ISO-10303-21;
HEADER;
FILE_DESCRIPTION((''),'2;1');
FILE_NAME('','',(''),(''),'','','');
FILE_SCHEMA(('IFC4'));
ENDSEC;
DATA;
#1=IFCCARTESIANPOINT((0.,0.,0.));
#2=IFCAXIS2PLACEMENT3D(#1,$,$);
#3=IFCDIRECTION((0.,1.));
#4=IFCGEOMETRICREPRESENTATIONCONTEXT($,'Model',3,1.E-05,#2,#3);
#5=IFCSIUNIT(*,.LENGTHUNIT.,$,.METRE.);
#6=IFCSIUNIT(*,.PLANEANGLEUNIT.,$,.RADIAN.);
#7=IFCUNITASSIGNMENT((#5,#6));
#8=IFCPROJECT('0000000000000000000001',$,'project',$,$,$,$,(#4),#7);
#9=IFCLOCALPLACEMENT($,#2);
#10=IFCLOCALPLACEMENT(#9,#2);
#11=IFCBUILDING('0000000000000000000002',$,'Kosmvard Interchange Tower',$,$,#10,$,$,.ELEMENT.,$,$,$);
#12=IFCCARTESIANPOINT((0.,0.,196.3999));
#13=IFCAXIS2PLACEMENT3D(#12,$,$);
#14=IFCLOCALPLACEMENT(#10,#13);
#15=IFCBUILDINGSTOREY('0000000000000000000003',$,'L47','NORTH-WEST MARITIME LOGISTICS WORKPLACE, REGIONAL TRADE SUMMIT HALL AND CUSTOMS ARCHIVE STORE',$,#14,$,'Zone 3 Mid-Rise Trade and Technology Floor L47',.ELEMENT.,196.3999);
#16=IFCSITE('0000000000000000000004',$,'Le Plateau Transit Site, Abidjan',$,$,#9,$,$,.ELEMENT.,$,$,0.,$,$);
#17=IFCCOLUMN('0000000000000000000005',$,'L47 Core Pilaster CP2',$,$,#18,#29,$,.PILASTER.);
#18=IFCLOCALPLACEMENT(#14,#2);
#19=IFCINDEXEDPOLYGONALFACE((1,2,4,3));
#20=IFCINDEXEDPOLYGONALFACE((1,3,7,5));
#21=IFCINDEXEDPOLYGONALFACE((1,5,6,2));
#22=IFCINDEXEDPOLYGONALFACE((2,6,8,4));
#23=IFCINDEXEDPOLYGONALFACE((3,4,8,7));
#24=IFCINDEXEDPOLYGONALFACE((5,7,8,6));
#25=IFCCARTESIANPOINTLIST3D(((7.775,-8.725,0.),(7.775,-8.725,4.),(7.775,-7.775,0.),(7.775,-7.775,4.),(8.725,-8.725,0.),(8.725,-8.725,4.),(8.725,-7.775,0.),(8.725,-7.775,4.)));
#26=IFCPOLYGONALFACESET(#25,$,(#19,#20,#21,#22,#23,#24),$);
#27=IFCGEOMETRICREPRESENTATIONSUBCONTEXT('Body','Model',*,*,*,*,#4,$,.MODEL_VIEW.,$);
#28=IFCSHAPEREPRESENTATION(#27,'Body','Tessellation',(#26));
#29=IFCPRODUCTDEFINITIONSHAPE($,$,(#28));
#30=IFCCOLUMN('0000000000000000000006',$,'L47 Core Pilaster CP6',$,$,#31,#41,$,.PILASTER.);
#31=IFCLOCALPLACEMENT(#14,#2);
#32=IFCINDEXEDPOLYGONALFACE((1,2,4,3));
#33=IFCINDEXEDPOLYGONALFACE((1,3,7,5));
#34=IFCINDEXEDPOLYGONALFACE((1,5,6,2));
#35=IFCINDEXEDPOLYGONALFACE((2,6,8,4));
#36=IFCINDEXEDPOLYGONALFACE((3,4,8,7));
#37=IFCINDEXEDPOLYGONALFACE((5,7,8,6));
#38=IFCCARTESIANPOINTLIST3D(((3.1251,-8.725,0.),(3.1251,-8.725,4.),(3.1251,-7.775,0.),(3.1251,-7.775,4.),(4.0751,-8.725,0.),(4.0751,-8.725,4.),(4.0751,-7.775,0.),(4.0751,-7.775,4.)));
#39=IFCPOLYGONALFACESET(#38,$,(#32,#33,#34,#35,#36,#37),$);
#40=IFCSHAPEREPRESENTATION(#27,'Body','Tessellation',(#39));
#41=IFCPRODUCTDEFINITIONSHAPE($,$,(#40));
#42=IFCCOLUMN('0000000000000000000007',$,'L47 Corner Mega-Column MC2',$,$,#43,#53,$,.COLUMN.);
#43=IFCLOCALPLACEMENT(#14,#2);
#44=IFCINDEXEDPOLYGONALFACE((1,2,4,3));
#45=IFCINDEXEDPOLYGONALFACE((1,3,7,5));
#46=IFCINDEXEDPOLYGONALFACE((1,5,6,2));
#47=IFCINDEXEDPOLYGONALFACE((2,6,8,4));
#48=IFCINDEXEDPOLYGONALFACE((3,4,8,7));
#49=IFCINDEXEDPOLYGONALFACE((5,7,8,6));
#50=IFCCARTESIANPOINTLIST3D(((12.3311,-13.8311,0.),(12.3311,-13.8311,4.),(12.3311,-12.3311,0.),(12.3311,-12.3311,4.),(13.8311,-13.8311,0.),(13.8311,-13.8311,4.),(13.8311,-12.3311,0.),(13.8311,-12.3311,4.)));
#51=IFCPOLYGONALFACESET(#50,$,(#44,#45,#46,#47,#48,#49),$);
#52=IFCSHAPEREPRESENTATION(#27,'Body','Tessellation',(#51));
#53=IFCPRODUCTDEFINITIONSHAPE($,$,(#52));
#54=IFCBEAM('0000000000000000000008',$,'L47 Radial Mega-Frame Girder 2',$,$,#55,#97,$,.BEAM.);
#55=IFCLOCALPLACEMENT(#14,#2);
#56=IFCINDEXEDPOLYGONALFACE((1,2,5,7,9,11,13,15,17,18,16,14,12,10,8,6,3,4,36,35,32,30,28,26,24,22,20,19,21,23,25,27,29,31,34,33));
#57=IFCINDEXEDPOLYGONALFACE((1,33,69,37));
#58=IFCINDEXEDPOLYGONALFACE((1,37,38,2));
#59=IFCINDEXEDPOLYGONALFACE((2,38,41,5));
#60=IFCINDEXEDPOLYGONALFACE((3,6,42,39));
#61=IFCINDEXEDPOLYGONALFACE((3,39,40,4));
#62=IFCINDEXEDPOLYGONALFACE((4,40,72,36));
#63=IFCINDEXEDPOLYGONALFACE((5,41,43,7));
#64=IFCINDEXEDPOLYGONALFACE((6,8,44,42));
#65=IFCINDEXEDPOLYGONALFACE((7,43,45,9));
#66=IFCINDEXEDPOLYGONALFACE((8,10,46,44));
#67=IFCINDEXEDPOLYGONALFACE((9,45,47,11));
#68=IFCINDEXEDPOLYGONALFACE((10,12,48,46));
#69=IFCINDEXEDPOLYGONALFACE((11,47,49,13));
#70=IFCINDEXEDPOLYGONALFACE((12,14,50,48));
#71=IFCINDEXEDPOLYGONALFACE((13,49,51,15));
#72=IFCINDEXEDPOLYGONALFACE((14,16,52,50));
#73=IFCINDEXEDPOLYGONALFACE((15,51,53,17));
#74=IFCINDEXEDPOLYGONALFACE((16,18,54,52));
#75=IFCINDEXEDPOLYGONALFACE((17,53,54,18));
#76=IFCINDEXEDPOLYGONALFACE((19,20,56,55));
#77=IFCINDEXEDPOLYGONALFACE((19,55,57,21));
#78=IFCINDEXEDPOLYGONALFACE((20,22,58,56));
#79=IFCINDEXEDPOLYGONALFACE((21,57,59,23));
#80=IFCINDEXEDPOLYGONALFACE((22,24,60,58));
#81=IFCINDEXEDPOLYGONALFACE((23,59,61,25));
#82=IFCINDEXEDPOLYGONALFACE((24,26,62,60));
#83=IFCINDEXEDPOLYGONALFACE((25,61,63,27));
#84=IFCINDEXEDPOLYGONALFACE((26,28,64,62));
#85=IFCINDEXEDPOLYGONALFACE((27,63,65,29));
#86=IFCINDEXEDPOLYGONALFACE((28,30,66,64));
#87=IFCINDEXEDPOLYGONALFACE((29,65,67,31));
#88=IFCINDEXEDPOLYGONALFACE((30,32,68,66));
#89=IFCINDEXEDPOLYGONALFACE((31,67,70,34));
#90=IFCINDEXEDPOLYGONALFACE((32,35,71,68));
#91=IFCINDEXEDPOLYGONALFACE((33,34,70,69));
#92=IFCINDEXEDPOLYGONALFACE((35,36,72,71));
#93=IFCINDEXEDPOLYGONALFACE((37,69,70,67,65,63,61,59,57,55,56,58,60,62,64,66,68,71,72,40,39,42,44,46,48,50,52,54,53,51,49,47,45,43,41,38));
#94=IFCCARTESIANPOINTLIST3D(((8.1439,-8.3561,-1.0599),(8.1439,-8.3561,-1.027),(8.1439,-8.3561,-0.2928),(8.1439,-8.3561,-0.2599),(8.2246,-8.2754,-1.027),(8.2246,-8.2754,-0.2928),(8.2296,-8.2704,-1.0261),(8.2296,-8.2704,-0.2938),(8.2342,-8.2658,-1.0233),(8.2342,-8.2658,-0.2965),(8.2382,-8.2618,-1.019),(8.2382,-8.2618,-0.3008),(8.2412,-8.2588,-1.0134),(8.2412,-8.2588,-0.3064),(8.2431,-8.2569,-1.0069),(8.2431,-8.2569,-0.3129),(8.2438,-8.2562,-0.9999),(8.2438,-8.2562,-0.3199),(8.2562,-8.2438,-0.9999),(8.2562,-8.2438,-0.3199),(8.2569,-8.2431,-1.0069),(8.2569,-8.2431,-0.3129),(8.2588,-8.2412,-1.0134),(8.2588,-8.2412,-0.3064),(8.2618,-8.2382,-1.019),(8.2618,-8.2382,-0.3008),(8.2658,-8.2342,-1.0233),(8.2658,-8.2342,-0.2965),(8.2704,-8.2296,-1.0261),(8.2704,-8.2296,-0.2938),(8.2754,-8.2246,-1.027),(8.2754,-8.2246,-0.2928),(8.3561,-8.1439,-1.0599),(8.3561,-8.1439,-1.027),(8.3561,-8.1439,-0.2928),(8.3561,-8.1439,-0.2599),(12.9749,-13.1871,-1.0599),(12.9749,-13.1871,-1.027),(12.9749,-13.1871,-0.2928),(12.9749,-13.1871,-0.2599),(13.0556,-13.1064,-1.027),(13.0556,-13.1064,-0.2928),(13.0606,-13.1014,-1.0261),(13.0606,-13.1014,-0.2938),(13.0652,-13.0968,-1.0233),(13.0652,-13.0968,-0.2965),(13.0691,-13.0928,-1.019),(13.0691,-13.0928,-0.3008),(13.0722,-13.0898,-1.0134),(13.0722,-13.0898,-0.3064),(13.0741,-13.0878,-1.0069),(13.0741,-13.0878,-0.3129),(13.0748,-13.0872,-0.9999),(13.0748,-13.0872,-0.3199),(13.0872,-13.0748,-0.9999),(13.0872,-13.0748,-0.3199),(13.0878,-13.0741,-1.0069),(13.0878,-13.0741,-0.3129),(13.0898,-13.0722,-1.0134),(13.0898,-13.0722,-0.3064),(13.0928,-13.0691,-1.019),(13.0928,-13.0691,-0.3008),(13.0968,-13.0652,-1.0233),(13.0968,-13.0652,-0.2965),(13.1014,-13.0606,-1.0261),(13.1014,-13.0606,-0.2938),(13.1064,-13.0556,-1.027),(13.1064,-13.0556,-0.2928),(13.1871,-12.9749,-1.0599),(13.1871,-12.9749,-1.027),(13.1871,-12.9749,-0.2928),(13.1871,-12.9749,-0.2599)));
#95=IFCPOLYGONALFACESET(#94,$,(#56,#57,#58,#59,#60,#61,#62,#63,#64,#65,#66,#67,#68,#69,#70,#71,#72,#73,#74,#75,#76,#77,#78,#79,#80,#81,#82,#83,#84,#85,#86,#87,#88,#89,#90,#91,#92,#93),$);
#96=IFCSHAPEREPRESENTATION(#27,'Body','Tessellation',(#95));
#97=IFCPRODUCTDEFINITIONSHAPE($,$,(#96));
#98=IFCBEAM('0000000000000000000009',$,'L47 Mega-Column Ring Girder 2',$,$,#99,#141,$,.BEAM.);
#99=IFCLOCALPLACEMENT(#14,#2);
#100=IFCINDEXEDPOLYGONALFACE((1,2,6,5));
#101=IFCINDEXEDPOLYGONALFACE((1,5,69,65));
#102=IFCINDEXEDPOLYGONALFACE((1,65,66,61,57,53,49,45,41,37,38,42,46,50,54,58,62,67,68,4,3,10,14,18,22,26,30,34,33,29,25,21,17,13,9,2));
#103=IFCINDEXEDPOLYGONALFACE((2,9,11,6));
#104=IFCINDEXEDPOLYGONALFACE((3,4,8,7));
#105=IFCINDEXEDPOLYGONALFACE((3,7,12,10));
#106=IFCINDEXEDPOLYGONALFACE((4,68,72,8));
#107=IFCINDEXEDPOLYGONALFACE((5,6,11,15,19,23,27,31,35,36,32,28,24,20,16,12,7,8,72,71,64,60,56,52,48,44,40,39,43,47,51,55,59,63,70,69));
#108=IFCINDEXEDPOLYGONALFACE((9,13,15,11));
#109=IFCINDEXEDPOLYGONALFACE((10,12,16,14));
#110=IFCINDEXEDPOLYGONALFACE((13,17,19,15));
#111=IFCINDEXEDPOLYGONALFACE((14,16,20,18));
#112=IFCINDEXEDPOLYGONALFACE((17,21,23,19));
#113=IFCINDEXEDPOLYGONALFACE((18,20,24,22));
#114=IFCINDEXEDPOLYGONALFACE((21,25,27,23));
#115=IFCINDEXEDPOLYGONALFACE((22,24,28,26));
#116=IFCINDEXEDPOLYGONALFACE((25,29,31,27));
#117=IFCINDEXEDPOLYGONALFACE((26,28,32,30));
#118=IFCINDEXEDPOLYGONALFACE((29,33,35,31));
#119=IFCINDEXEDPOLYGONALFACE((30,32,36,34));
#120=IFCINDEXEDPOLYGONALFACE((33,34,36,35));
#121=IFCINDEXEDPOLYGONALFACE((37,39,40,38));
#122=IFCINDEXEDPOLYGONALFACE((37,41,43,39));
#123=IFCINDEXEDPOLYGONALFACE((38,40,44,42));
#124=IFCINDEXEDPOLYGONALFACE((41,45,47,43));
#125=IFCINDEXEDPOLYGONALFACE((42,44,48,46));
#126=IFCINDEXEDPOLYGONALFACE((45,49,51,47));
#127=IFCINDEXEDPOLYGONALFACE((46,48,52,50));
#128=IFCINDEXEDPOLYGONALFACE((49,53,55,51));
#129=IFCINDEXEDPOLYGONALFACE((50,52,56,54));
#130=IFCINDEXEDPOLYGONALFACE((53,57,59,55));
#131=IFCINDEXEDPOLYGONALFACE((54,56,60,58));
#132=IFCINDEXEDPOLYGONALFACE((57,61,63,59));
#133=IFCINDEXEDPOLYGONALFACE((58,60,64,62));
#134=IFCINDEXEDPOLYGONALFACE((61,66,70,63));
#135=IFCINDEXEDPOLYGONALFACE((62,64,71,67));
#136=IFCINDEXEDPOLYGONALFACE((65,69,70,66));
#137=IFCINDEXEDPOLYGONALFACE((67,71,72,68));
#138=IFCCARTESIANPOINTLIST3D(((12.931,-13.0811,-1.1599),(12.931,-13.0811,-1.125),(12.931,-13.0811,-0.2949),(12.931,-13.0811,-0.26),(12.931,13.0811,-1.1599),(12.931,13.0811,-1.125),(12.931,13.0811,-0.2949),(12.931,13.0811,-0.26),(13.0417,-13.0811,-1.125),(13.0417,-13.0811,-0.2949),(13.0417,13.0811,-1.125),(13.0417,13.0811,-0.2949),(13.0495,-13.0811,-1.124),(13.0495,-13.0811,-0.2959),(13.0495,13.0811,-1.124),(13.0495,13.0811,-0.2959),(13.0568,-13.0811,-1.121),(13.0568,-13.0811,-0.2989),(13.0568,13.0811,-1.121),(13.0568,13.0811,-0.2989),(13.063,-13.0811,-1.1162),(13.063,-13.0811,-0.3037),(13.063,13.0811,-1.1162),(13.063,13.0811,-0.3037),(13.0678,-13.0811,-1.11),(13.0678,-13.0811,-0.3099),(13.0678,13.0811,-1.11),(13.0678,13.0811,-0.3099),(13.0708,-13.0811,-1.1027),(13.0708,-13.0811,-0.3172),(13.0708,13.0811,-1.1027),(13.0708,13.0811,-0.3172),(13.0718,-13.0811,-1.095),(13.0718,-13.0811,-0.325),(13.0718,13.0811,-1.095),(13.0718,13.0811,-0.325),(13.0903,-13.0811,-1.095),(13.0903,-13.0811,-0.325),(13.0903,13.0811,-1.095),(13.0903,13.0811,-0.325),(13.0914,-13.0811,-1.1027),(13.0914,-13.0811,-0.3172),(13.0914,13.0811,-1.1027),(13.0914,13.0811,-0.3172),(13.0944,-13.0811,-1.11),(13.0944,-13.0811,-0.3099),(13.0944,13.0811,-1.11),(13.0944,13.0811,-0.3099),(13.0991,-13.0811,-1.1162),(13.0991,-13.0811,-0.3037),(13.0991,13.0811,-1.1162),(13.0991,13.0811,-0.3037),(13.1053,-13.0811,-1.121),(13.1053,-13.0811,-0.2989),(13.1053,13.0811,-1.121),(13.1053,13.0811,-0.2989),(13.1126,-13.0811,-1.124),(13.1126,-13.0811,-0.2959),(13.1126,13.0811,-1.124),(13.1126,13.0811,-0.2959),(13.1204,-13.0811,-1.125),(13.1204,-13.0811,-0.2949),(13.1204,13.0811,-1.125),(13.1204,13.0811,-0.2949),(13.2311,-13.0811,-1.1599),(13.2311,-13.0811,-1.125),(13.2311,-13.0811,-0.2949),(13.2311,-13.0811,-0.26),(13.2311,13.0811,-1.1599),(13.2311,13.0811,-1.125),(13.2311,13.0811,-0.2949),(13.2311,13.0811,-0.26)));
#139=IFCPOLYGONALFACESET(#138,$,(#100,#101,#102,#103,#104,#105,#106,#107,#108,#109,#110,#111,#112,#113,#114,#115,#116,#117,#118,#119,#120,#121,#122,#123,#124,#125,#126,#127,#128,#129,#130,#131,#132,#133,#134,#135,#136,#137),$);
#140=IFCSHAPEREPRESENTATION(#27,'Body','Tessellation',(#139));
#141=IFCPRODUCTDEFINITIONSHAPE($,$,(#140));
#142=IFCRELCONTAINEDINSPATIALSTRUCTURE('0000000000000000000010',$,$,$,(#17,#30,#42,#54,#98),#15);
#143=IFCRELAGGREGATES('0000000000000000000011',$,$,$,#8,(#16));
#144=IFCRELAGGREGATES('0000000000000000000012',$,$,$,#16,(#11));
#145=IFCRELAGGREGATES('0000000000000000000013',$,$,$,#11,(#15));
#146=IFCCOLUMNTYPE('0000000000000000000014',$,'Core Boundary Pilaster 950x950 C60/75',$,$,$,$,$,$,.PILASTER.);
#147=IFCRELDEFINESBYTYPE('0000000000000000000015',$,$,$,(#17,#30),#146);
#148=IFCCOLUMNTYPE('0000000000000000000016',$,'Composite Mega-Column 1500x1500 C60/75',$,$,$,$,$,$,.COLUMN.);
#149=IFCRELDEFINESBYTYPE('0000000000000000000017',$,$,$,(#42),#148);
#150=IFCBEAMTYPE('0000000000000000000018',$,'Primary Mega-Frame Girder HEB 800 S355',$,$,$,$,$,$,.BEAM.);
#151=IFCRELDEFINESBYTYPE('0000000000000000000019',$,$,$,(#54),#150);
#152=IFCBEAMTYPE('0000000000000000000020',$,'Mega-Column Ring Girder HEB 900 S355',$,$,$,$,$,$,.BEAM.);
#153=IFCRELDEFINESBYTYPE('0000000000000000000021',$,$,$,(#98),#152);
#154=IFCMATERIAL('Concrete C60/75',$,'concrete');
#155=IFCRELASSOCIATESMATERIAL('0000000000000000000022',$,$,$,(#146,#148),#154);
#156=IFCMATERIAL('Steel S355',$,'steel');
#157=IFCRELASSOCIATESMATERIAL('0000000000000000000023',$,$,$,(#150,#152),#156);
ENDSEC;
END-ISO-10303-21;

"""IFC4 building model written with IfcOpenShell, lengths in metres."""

from ifc_helpers import new_model, si_unit, direction, frame, origin, origin_2d, place, context, subcontext, project, spatial, rectangle, i_section, extrude, source, transform, mapped, material, material_profile, profile_set, type_object, element, save


model = new_model("IFC4")

# Units and contexts
model_context = context("Model", 3, precision=1e-05, world=origin(), true_north=direction((0.0, 1.0)))
body_context = subcontext(model_context, "Body", "Model", "MODEL_VIEW")
ifc_project = project(units=[si_unit("LENGTHUNIT", "METRE"), si_unit("PLANEANGLEUNIT", "RADIAN")], contexts=[model_context])

# Site, building, storey
site_placement = place(None, origin())
site = spatial("IfcSite", under=ifc_project, at=site_placement, Name="Le Plateau Transit Site, Abidjan", CompositionType="ELEMENT", RefElevation=0.0)
building_placement = place(site_placement, origin())
building = spatial("IfcBuilding", under=site, at=building_placement, Name="Kosmvard Interchange Tower", CompositionType="ELEMENT")
storey_placement = place(building_placement, frame((0.0, 0.0, 196.3999)))
storey = spatial("IfcBuildingStorey", under=building, at=storey_placement, Name="L47", Description="NORTH-WEST MARITIME LOGISTICS WORKPLACE, REGIONAL TRADE SUMMIT HALL AND CUSTOMS ARCHIVE STORE", LongName="Zone 3 Mid-Rise Trade and Technology Floor L47", CompositionType="ELEMENT", Elevation=196.3999)

# Columns
ifc_material_1 = material(Name="Concrete C60/75", Category="concrete")
ifc_material_profile_1 = material_profile(ifc_material_1, rectangle(XDim=0.95, YDim=0.95, at=origin_2d()), Name="CP 950x950")
ifc_profile_set_1 = profile_set([ifc_material_profile_1], Name="Concrete C60/75")
column_type_1 = type_object("IfcColumnType", Name="Core Boundary Pilaster 950x950 C60/75", PredefinedType="PILASTER", material=ifc_profile_set_1)
shared_shape_1 = source(origin(), body_context, "Body", "SweptSolid", [
    extrude(rectangle(XDim=0.95, YDim=0.95, at=origin_2d()), origin(), (0.0, 0.0, 1.0), 4.0),
])
for number, where, z_axis, x_axis, name in (
    (1, (8.25, -8.25, 0.0), (0.0, 0.0, 1.0), (1.0, 0.0, 0.0), "L47 Core Pilaster CP2"),
    (2, (3.6001, -8.25, 0.0), (0.0, 0.0, 1.0), (1.0, 0.0, 0.0), "L47 Core Pilaster CP6"),
):
    element("IfcColumn", number, at=place(storey_placement, frame(where, z_axis=z_axis, x_axis=x_axis)), inside=storey, type_object=column_type_1, Name=name, PredefinedType="PILASTER", context=body_context, shape_type="MappedRepresentation", body=[
        mapped(shared_shape_1, transform((0.0, 0.0, 0.0), scale=1.0)),
    ])
ifc_material_profile_2 = material_profile(ifc_material_1, rectangle(XDim=1.5, YDim=1.5, at=origin_2d()), Name="MC 1500x1500")
ifc_profile_set_2 = profile_set([ifc_material_profile_2], Name="Concrete C60/75")
column_type_2 = type_object("IfcColumnType", Name="Composite Mega-Column 1500x1500 C60/75", PredefinedType="COLUMN", material=ifc_profile_set_2)
shared_shape_2 = source(origin(), body_context, "Body", "SweptSolid", [
    extrude(rectangle(XDim=1.5, YDim=1.5, at=origin_2d()), origin(), (0.0, 0.0, 1.0), 4.0),
])
column_placement = place(storey_placement, frame((13.0811, -13.0811, 0.0), z_axis=(0.0, 0.0, 1.0), x_axis=(1.0, 0.0, 0.0)))
element("IfcColumn", 3, at=column_placement, inside=storey, type_object=column_type_2, Name="L47 Corner Mega-Column MC2", PredefinedType="COLUMN", context=body_context, shape_type="MappedRepresentation", body=[
    mapped(shared_shape_2, transform((0.0, 0.0, 0.0), scale=1.0)),
])

# Beams
ifc_material_2 = material(Name="Steel S355", Category="steel")
ifc_material_profile_3 = material_profile(ifc_material_2, i_section(OverallWidth=0.3, OverallDepth=0.8, WebThickness=0.0176, FlangeThickness=0.033, FilletRadius=0.0271, at=origin_2d()), Name="HEB 800")
ifc_profile_set_3 = profile_set([ifc_material_profile_3], Name="Steel S355")
beam_type_1 = type_object("IfcBeamType", Name="Primary Mega-Frame Girder HEB 800 S355", PredefinedType="BEAM", material=ifc_profile_set_3)
shared_shape_3 = source(origin(), body_context, "Body", "SweptSolid", [
    extrude(i_section(OverallWidth=0.3, OverallDepth=0.8, WebThickness=0.0176, FlangeThickness=0.033, FilletRadius=0.0271, at=origin_2d()), origin(), (0.0, 0.0, 1.0), 6.832),
])
beam_1_placement = place(storey_placement, frame((8.25, -8.25, -0.6599), z_axis=(0.707107, -0.707107, 0.0), x_axis=(0.707107, 0.707107, 0.0)))
element("IfcBeam", 4, at=beam_1_placement, inside=storey, type_object=beam_type_1, Name="L47 Radial Mega-Frame Girder 2", PredefinedType="BEAM", context=body_context, shape_type="MappedRepresentation", body=[
    mapped(shared_shape_3, transform((0.0, 0.0, 0.0), scale=1.0)),
])
ifc_material_profile_4 = material_profile(ifc_material_2, i_section(OverallWidth=0.3, OverallDepth=0.8999, WebThickness=0.0186, FlangeThickness=0.0349, FilletRadius=0.03, at=origin_2d()), Name="HEB 900")
ifc_profile_set_4 = profile_set([ifc_material_profile_4], Name="Steel S355")
beam_type_2 = type_object("IfcBeamType", Name="Mega-Column Ring Girder HEB 900 S355", PredefinedType="BEAM", material=ifc_profile_set_4)
shared_shape_4 = source(origin(), body_context, "Body", "SweptSolid", [
    extrude(i_section(OverallWidth=0.3, OverallDepth=0.8999, WebThickness=0.0186, FlangeThickness=0.0349, FilletRadius=0.03, at=origin_2d()), origin(), (0.0, 0.0, 1.0), 26.1621),
])
beam_2_placement = place(storey_placement, frame((13.0811, -13.0811, -0.71), z_axis=(0.0, 1.0, 0.0), x_axis=(-1.0, 0.0, 0.0)))
element("IfcBeam", 5, at=beam_2_placement, inside=storey, type_object=beam_type_2, Name="L47 Mega-Column Ring Girder 2", PredefinedType="BEAM", context=body_context, shape_type="MappedRepresentation", body=[
    mapped(shared_shape_4, transform((0.0, 0.0, 0.0), scale=1.0)),
])

save(model, "model.ifc")
